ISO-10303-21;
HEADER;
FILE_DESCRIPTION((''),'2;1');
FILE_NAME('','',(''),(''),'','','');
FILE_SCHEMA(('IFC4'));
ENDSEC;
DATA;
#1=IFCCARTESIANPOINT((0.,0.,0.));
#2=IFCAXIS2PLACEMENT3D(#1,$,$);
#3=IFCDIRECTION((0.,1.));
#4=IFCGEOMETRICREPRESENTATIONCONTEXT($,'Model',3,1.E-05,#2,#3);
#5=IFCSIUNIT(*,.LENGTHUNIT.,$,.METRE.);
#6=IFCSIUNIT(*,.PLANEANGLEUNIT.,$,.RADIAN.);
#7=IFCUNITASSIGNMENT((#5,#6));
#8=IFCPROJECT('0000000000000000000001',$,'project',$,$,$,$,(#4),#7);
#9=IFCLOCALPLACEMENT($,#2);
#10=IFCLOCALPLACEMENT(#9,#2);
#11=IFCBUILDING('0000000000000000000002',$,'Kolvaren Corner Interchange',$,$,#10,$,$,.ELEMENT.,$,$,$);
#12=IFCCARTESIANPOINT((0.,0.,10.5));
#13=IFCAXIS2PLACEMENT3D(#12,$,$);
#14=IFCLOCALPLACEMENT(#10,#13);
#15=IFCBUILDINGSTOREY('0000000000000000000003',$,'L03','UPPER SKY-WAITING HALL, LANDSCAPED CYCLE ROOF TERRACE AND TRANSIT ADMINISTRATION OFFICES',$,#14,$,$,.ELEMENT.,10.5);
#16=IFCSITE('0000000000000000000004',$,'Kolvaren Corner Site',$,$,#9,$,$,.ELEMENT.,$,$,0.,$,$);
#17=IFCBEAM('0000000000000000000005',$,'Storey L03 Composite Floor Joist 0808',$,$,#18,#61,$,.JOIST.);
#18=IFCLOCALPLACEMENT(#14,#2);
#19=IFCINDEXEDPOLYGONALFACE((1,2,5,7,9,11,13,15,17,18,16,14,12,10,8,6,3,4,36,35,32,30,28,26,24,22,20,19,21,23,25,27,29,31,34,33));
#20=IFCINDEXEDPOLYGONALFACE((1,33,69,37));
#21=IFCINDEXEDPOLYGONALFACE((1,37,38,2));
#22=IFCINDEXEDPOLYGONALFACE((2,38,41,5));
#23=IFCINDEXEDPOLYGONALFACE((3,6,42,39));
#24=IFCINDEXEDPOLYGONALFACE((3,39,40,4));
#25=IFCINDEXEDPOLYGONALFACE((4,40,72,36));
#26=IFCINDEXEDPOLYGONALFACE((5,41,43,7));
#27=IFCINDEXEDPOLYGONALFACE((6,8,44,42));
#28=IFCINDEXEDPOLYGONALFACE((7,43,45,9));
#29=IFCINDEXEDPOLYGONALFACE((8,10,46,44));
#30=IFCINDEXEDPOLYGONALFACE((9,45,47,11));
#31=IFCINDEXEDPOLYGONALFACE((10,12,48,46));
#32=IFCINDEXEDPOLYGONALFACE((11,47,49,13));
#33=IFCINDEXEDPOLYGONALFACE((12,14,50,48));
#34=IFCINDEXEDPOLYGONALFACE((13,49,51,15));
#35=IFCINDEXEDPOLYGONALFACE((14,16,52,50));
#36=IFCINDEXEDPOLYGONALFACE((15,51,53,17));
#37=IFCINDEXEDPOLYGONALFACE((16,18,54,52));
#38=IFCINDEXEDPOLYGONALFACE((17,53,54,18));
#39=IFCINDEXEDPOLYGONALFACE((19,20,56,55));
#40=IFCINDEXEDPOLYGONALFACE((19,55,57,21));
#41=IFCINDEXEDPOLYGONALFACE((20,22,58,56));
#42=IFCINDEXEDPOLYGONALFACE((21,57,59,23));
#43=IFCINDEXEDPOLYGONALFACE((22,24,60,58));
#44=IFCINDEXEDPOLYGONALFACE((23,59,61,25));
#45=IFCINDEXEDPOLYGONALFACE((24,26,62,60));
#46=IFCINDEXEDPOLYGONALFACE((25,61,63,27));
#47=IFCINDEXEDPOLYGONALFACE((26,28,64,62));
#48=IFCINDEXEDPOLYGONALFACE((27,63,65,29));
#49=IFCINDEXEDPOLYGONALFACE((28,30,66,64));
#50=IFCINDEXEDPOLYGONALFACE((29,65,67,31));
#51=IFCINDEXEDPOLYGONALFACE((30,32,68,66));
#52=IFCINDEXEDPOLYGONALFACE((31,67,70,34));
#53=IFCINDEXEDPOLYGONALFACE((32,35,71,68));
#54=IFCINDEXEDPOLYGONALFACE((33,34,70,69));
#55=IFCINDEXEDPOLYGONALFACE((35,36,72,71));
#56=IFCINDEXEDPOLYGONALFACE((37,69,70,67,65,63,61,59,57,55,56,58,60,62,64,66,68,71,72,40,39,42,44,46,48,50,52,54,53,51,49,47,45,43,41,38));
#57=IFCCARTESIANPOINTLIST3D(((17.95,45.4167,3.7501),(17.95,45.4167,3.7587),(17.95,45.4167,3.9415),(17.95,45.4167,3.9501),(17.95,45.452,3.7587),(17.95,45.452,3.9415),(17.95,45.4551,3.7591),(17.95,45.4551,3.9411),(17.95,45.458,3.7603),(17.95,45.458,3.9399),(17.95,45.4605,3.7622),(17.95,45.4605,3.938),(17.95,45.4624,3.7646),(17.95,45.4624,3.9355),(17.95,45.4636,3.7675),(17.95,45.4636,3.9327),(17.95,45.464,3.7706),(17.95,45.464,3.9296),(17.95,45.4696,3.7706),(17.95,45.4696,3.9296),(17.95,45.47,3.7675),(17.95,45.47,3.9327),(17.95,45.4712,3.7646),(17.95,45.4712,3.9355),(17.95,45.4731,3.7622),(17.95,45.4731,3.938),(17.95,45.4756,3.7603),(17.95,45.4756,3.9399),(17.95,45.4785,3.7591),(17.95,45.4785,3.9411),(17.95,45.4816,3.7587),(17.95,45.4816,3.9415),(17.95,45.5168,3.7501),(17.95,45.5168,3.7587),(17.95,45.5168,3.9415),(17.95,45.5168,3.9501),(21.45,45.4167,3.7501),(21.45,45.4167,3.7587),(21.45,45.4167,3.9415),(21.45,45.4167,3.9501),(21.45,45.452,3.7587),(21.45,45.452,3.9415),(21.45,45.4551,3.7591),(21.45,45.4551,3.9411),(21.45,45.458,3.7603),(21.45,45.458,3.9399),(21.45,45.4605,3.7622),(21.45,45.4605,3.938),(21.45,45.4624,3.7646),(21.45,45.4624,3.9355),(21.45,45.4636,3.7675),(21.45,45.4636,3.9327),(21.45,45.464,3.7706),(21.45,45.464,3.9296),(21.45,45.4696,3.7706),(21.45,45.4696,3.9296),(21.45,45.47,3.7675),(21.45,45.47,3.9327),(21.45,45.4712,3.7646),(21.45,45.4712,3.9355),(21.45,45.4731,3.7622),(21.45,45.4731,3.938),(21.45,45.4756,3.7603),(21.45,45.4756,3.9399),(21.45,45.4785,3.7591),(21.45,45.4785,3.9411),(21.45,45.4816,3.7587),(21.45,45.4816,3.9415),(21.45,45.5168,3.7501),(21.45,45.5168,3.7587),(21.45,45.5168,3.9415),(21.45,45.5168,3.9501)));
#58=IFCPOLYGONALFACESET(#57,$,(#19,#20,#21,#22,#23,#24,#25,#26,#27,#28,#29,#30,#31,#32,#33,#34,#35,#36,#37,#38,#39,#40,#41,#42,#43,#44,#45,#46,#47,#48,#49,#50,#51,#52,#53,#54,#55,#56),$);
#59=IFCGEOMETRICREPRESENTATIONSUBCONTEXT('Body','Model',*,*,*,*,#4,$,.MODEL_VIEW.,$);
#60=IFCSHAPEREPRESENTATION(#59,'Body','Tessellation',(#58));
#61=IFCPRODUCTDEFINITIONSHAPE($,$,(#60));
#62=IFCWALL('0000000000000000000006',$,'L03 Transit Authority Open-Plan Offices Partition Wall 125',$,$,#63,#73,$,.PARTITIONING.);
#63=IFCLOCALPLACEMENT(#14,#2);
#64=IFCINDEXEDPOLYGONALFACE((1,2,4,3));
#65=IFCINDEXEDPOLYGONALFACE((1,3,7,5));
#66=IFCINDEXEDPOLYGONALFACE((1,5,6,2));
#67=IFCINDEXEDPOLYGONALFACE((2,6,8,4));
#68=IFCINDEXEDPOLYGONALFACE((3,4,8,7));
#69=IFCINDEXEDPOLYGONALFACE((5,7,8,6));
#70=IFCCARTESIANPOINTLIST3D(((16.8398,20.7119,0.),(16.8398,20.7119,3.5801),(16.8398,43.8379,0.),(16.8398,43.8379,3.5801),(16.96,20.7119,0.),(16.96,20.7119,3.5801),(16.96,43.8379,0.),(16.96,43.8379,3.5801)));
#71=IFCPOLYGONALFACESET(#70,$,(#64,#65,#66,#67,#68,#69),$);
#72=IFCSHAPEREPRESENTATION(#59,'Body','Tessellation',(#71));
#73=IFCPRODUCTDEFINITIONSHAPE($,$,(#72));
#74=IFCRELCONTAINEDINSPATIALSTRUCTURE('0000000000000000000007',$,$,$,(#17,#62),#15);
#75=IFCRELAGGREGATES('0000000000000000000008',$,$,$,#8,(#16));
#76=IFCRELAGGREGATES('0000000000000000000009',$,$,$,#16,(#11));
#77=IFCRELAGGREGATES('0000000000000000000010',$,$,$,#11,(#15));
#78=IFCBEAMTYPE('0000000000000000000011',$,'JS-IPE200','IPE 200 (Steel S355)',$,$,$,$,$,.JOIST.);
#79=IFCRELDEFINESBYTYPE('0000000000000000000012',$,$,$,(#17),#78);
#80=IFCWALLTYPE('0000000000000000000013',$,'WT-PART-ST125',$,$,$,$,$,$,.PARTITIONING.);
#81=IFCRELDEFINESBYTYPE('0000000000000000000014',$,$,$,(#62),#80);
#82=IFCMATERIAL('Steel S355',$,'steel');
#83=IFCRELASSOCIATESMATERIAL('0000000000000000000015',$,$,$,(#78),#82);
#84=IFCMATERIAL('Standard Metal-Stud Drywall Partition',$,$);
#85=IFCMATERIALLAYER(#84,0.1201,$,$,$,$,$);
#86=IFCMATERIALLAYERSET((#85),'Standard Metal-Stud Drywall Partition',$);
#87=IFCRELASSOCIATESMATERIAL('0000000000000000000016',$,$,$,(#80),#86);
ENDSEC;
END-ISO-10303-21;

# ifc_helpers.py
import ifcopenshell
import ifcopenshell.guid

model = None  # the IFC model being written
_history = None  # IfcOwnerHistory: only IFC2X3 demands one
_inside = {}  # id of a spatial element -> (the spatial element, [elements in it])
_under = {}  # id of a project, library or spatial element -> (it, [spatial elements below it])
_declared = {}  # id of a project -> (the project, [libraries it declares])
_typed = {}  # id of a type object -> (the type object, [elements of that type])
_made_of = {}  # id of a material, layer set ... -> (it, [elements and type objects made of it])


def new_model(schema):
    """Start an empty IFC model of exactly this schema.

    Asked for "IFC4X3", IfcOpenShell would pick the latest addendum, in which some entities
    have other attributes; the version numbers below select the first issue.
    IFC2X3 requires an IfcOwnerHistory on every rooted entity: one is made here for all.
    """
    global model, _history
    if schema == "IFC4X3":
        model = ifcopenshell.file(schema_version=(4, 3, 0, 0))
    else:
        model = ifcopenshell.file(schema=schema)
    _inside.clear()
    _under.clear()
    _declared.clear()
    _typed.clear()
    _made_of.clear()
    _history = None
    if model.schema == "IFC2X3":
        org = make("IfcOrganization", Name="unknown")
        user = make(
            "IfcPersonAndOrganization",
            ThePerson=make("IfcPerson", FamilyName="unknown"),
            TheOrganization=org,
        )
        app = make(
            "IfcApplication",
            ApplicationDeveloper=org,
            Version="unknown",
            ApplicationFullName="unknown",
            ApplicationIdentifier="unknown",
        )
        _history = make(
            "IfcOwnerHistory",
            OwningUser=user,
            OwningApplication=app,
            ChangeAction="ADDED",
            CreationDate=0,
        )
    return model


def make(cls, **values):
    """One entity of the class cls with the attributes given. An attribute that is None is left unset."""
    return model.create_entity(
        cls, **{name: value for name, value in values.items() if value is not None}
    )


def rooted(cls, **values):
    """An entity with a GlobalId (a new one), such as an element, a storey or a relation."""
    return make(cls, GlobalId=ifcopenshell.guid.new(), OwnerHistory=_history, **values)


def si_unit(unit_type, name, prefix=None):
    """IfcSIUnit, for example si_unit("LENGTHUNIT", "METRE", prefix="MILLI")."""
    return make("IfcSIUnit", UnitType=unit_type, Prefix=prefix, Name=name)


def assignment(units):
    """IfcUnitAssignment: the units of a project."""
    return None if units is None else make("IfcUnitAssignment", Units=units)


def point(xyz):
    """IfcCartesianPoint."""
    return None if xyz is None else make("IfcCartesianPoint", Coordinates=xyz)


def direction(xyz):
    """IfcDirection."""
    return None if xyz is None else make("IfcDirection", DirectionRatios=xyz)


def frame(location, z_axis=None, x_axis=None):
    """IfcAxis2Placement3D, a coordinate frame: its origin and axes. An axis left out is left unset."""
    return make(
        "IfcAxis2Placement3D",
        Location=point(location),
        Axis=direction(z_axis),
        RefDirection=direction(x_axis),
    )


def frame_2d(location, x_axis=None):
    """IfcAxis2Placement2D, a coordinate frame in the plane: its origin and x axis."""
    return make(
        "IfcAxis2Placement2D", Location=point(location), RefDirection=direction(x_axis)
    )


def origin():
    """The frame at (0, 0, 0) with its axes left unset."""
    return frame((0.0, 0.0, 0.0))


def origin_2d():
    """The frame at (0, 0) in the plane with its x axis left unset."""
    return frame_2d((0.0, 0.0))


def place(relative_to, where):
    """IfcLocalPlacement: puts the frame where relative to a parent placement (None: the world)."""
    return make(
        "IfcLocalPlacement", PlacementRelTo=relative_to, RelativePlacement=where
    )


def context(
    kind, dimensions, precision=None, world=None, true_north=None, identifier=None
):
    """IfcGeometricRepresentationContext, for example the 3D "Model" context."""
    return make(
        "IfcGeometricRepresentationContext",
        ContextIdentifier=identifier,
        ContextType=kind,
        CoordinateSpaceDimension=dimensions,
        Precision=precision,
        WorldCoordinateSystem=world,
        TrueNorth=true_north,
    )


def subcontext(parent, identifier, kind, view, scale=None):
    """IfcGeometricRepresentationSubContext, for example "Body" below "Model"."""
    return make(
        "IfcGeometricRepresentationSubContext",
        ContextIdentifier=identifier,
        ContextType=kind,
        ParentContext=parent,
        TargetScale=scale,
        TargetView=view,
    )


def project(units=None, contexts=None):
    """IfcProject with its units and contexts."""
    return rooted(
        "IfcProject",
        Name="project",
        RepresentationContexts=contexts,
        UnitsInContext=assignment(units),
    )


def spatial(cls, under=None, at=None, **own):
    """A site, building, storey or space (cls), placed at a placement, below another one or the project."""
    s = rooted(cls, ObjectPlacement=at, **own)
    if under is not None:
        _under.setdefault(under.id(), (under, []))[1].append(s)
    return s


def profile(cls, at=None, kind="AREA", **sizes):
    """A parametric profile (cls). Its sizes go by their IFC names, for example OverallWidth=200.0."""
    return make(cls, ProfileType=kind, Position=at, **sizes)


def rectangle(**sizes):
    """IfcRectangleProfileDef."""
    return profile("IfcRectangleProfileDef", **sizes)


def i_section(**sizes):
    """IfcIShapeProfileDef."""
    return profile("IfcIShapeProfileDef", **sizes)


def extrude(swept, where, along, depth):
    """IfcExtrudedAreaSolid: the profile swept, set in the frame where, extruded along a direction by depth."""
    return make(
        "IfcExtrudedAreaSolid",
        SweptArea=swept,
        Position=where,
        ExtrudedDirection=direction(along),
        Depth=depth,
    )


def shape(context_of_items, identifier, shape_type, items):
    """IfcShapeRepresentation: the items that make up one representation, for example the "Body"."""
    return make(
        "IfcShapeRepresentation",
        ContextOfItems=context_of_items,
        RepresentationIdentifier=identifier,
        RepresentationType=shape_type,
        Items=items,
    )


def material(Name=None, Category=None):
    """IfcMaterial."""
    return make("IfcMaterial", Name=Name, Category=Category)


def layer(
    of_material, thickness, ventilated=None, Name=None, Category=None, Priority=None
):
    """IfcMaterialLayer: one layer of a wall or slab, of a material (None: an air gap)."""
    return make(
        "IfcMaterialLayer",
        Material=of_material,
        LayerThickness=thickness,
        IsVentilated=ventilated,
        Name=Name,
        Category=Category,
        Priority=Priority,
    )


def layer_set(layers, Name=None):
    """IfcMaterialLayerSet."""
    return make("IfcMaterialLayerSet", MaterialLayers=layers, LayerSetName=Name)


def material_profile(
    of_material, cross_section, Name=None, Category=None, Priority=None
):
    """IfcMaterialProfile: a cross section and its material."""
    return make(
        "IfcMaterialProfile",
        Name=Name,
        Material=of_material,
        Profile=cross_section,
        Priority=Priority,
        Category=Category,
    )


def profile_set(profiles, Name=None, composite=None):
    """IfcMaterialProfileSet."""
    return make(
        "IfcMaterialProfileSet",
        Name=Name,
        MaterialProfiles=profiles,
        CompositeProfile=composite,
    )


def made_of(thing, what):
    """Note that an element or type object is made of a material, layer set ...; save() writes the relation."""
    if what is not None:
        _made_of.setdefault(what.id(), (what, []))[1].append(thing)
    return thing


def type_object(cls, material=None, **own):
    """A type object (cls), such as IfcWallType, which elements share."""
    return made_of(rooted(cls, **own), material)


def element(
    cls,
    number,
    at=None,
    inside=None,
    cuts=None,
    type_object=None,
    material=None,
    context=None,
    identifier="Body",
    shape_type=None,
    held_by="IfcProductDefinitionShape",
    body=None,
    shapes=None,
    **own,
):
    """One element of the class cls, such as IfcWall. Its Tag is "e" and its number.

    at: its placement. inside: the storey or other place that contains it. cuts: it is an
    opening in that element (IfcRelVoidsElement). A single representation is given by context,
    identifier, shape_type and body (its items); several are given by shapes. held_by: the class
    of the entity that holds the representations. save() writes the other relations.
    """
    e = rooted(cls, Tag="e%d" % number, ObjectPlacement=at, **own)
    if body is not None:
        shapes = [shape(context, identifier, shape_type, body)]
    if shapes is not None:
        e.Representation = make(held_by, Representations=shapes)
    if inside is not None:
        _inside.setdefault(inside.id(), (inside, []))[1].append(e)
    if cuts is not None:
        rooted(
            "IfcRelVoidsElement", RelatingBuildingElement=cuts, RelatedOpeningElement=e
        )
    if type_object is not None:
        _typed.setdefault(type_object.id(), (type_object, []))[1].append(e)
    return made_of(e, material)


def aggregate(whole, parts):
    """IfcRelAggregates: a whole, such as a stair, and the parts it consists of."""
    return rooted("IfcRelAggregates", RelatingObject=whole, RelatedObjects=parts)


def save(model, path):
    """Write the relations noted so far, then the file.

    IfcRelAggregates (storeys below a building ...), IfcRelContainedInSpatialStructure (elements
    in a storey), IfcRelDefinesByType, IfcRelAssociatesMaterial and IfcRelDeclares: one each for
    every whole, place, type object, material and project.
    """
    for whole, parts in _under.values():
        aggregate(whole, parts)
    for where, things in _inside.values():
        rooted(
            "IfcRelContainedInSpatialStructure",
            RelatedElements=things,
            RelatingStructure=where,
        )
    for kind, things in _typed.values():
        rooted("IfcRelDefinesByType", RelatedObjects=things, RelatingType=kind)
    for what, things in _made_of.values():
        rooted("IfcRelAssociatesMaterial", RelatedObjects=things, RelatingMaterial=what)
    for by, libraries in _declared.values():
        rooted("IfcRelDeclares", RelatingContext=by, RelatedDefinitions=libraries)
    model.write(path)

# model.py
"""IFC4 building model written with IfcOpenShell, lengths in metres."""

from ifc_helpers import new_model, si_unit, direction, frame, frame_2d, origin, origin_2d, place, context, subcontext, project, spatial, rectangle, i_section, extrude, material, layer, layer_set, material_profile, profile_set, type_object, element, save


model = new_model("IFC4")

# Units and contexts
model_context = context("Model", 3, precision=1e-05, world=origin(), true_north=direction((0.0, 1.0)))
body_context = subcontext(model_context, "Body", "Model", "MODEL_VIEW")
ifc_project = project(units=[si_unit("LENGTHUNIT", "METRE"), si_unit("PLANEANGLEUNIT", "RADIAN")], contexts=[model_context])

# Site, building, storey
site_placement = place(None, origin())
site = spatial("IfcSite", under=ifc_project, at=site_placement, Name="Kolvaren Corner Site", CompositionType="ELEMENT", RefElevation=0.0)
building_placement = place(site_placement, origin())
building = spatial("IfcBuilding", under=site, at=building_placement, Name="Kolvaren Corner Interchange", CompositionType="ELEMENT")
storey_placement = place(building_placement, frame((0.0, 0.0, 10.5)))
storey = spatial("IfcBuildingStorey", under=building, at=storey_placement, Name="L03", Description="UPPER SKY-WAITING HALL, LANDSCAPED CYCLE ROOF TERRACE AND TRANSIT ADMINISTRATION OFFICES", CompositionType="ELEMENT", Elevation=10.5)

# Beam
ifc_material_1 = material(Name="Steel S355", Category="steel")
ifc_material_profile_1 = material_profile(ifc_material_1, i_section(OverallWidth=0.1001, OverallDepth=0.2, WebThickness=0.0056, FlangeThickness=0.0085, FilletRadius=0.012, at=origin_2d()), Name="IPE 200")
ifc_profile_set_1 = profile_set([ifc_material_profile_1], Name="Steel S355")
beam_type_1 = type_object("IfcBeamType", Name="JS-IPE200", Description="IPE 200 (Steel S355)", PredefinedType="JOIST", material=ifc_profile_set_1)
for number, where, z_axis, x_axis, name in (
    (1, (17.95, 45.4668, 3.8501), (1.0, 0.0, 0.0), (0.0, 1.0, 0.0), "Storey L03 Composite Floor Joist 0808"),
):
    element("IfcBeam", number, at=place(storey_placement, frame(where, z_axis=z_axis, x_axis=x_axis)), inside=storey, type_object=beam_type_1, Name=name, PredefinedType="JOIST", context=body_context, shape_type="SweptSolid", body=[
        extrude(i_section(OverallWidth=0.1001, OverallDepth=0.2, WebThickness=0.0056, FlangeThickness=0.0085, FilletRadius=0.012, at=origin_2d()), origin(), (0.0, 0.0, 1.0), 3.5),
    ])

# Wall
ifc_material_2 = material(Name="Standard Metal-Stud Drywall Partition")
ifc_layer = layer(ifc_material_2, 0.1201)
ifc_layer_set = layer_set([ifc_layer], Name="Standard Metal-Stud Drywall Partition")
wall_type = type_object("IfcWallType", Name="WT-PART-ST125", PredefinedType="PARTITIONING", material=ifc_layer_set)
wall_placement = place(storey_placement, frame((16.8999, 43.8379, 0.0), z_axis=(0.0, 0.0, 1.0), x_axis=(0.0, -1.0, 0.0)))
element("IfcWall", 2, at=wall_placement, inside=storey, type_object=wall_type, Name="L03 Transit Authority Open-Plan Offices Partition Wall 125", PredefinedType="PARTITIONING", context=body_context, shape_type="SweptSolid", body=[
    extrude(rectangle(XDim=23.126, YDim=0.1201, at=frame_2d((11.563, 0.0))), origin(), (0.0, 0.0, 1.0), 3.5801),
])

save(model, "model.ifc")
